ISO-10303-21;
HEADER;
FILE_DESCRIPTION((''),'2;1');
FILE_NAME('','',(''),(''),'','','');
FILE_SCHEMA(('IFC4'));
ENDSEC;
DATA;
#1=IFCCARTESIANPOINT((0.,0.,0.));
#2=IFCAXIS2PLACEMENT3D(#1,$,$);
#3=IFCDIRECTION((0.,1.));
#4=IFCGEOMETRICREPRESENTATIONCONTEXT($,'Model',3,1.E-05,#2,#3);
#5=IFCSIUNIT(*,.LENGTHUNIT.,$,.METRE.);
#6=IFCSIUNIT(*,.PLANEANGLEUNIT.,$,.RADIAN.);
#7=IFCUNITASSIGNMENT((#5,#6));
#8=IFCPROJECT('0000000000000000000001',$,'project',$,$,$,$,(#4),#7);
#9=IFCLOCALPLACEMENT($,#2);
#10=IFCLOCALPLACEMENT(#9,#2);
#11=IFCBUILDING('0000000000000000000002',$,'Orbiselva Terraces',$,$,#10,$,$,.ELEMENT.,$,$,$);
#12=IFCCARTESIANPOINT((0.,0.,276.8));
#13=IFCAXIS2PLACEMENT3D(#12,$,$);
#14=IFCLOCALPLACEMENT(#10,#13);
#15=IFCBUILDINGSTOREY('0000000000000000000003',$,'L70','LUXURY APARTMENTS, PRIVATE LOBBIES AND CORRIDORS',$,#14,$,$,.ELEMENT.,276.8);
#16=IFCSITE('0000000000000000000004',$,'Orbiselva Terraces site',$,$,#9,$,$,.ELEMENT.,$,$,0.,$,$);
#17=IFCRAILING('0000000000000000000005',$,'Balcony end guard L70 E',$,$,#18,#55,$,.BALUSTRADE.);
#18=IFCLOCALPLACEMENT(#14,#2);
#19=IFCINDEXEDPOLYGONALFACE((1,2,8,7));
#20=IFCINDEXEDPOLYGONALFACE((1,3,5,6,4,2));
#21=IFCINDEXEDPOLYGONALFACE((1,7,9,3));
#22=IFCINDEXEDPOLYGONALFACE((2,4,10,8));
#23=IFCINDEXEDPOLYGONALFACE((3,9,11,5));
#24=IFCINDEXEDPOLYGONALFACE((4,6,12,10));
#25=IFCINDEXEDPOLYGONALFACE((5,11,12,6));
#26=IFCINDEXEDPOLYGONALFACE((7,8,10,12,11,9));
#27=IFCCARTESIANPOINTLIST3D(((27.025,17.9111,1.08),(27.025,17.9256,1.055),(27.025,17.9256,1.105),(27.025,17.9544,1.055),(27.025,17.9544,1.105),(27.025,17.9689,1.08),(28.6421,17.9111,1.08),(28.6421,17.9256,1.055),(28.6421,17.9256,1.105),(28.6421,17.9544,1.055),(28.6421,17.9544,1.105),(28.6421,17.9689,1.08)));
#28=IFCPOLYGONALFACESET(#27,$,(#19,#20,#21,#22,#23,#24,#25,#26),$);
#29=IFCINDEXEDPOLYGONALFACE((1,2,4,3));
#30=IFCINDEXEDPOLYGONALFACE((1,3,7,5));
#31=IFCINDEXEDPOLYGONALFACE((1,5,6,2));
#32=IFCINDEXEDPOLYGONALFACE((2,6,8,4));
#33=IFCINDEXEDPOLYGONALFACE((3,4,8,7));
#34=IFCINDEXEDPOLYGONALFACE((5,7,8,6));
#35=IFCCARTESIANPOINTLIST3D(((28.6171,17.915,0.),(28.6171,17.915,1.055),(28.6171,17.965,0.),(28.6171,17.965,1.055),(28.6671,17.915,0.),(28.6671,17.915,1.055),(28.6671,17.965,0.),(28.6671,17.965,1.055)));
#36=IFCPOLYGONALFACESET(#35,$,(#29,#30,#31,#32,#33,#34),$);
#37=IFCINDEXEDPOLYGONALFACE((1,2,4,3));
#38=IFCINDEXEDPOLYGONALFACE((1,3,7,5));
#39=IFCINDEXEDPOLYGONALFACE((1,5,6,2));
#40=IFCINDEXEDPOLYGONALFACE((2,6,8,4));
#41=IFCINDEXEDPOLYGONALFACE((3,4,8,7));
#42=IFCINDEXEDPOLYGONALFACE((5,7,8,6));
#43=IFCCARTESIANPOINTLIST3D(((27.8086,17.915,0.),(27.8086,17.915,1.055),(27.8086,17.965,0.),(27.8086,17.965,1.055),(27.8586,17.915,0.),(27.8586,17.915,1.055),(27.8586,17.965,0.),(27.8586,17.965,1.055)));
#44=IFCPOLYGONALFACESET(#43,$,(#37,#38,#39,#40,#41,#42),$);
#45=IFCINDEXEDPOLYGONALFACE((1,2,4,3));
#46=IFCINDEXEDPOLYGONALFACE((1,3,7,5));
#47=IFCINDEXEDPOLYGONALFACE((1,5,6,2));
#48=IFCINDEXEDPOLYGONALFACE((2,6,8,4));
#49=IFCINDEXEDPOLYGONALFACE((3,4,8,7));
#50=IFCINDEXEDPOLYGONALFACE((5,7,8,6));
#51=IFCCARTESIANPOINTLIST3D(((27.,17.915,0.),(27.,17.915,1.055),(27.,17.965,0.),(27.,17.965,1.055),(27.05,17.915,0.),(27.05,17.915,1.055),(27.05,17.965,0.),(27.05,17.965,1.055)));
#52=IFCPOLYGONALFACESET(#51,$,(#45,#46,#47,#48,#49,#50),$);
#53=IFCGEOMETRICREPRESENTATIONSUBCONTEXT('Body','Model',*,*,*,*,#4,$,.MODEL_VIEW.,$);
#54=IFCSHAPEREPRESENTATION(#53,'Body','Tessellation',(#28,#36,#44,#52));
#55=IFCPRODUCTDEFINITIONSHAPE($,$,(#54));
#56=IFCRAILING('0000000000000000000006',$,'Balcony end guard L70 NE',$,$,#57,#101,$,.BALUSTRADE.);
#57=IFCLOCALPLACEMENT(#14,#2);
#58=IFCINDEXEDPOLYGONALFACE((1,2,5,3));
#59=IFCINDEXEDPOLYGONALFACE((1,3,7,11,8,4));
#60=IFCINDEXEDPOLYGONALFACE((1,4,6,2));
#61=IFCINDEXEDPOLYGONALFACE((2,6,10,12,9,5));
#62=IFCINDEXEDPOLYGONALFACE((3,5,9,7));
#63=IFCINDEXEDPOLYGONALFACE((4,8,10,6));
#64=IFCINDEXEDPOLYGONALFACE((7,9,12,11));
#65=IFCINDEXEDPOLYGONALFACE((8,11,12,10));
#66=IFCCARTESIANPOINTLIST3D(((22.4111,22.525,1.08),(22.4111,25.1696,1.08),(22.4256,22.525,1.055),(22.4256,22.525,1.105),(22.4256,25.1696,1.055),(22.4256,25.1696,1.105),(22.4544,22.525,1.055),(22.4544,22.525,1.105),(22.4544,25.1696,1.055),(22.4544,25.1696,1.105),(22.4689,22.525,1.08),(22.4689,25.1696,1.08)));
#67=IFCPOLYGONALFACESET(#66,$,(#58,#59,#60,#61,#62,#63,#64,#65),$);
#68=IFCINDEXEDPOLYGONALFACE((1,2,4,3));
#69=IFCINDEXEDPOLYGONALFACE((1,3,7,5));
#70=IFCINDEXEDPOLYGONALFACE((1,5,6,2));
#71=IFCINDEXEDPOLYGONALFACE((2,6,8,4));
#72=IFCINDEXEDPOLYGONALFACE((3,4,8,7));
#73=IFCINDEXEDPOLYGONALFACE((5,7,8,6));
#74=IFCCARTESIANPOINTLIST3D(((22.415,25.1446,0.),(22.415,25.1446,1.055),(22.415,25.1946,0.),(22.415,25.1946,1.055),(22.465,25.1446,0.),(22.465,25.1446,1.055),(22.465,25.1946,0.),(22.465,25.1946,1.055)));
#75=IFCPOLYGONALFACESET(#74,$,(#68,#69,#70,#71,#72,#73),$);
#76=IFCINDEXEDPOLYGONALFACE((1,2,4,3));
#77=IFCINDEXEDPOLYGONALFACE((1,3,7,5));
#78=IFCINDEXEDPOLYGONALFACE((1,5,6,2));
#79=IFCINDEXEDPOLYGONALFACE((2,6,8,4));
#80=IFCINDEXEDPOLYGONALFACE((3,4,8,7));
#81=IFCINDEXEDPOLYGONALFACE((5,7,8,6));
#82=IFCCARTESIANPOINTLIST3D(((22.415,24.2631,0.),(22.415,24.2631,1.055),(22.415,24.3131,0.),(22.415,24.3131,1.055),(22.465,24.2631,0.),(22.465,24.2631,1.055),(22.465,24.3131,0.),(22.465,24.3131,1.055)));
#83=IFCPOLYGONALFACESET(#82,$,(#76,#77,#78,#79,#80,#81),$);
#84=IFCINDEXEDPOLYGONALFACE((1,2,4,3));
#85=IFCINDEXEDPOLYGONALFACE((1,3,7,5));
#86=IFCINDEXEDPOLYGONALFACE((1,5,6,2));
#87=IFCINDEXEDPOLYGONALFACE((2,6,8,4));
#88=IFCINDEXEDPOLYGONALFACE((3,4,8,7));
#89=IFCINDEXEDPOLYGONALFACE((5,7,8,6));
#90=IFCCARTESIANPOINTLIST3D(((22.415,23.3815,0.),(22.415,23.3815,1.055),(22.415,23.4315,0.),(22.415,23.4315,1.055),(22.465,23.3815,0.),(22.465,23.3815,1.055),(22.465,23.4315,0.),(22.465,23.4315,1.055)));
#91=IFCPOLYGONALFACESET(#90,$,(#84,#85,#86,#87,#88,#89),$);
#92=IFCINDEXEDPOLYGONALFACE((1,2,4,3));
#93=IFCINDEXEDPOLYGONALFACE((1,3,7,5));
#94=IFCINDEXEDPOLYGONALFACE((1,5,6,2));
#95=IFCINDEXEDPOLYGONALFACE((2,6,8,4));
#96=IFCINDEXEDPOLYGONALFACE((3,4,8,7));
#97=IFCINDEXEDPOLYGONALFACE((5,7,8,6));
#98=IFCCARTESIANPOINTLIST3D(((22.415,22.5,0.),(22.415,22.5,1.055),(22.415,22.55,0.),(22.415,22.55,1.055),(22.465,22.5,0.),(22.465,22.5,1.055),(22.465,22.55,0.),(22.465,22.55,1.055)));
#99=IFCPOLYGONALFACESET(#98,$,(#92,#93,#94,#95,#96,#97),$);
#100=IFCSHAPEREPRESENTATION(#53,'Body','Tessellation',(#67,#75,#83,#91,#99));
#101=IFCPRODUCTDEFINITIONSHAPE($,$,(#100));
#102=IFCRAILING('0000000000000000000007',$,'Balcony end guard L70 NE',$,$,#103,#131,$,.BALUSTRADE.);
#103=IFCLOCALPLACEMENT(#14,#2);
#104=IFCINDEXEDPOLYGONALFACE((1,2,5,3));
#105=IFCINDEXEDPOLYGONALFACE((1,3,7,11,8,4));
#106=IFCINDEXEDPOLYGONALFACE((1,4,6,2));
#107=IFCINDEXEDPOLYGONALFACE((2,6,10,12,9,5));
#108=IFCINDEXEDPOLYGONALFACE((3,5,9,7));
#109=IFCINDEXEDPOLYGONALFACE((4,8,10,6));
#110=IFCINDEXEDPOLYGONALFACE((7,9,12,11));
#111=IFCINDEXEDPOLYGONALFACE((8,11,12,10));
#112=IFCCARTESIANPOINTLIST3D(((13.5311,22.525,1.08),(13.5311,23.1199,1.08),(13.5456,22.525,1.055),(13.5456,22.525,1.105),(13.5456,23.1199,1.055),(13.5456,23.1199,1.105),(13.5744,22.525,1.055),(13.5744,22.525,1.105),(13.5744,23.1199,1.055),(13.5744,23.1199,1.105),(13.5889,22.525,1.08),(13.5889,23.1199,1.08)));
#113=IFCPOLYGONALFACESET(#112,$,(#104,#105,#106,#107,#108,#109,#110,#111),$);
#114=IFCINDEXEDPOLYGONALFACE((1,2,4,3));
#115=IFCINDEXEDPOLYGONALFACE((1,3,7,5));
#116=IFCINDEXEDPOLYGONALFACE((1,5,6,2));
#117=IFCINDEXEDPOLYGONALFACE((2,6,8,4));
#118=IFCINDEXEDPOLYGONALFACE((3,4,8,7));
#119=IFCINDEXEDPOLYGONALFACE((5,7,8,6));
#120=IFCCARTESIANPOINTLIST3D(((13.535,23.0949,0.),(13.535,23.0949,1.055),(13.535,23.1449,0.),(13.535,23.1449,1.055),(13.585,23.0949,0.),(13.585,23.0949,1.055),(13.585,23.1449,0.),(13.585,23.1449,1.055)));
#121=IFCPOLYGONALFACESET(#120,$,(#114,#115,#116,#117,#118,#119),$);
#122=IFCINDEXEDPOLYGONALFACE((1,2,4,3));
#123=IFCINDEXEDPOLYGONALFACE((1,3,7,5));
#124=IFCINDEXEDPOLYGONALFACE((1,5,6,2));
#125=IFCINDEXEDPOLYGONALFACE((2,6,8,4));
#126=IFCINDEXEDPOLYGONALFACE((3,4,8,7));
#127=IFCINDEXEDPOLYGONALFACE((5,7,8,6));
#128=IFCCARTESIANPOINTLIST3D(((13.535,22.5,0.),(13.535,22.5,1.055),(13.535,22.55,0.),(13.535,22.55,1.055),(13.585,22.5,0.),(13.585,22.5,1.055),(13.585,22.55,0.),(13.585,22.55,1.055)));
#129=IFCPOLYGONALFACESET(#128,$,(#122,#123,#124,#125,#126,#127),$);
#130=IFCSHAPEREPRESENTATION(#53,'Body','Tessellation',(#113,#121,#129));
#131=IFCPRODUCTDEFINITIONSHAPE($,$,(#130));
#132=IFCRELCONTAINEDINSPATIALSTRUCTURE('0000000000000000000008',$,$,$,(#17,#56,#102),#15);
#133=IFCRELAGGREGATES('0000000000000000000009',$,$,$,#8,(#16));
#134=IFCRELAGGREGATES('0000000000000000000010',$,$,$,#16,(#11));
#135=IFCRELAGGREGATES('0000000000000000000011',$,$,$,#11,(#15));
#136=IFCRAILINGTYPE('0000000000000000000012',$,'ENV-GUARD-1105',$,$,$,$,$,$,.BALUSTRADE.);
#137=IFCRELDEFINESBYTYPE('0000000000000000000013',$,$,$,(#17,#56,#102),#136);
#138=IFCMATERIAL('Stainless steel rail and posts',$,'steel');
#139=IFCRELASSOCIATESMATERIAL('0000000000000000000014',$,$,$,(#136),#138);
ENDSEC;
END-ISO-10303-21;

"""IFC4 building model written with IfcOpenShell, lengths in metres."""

from ifc_helpers import new_model, si_unit, direction, frame, origin, origin_2d, place, context, subcontext, project, spatial, polyline, rectangle, outline, extrude, material, type_object, element, save


model = new_model("IFC4")

# Units and contexts
model_context = context("Model", 3, precision=1e-05, world=origin(), true_north=direction((0.0, 1.0)))
body_context = subcontext(model_context, "Body", "Model", "MODEL_VIEW")
ifc_project = project(units=[si_unit("LENGTHUNIT", "METRE"), si_unit("PLANEANGLEUNIT", "RADIAN")], contexts=[model_context])

# Site, building, storey
site_placement = place(None, origin())
site = spatial("IfcSite", under=ifc_project, at=site_placement, Name="Orbiselva Terraces site", CompositionType="ELEMENT", RefElevation=0.0)
building_placement = place(site_placement, origin())
building = spatial("IfcBuilding", under=site, at=building_placement, Name="Orbiselva Terraces", CompositionType="ELEMENT")
storey_placement = place(building_placement, frame((0.0, 0.0, 276.8)))
storey = spatial("IfcBuildingStorey", under=building, at=storey_placement, Name="L70", Description="LUXURY APARTMENTS, PRIVATE LOBBIES AND CORRIDORS", CompositionType="ELEMENT", Elevation=276.8)

# Railings
ifc_material_1 = material(Name="Stainless steel rail and posts", Category="steel")
railing_type_1 = type_object("IfcRailingType", Name="ENV-GUARD-1105", PredefinedType="BALUSTRADE", material=ifc_material_1)
railing_1_placement = place(storey_placement, frame((28.6421, 17.94, 0.0)))
element("IfcRailing", 1, at=railing_1_placement, inside=storey, type_object=railing_type_1, Name="Balcony end guard L70 E", PredefinedType="BALUSTRADE", context=body_context, shape_type="SweptSolid", body=[
    extrude(outline(polyline([(0.0289, 0.0), (0.0144, 0.025), (-0.0144, 0.025), (-0.0289, 0.0), (-0.0144, -0.025), (0.0144, -0.025), (0.0289, 0.0)])), frame((0.0, 0.0, 1.08), z_axis=(-1.0, 0.0, 0.0), x_axis=(0.0, -1.0, 0.0)), (0.0, 0.0, 1.0), 1.6171),
    extrude(rectangle(XDim=0.05, YDim=0.05, at=origin_2d()), origin(), (0.0, 0.0, 1.0), 1.055),
    extrude(rectangle(XDim=0.05, YDim=0.05, at=origin_2d()), frame((-0.8086, 0.0, 0.0)), (0.0, 0.0, 1.0), 1.055),
    extrude(rectangle(XDim=0.05, YDim=0.05, at=origin_2d()), frame((-1.6171, 0.0, 0.0)), (0.0, 0.0, 1.0), 1.055),
])
railing_2_placement = place(storey_placement, frame((22.44, 25.1696, 0.0)))
element("IfcRailing", 2, at=railing_2_placement, inside=storey, type_object=railing_type_1, Name="Balcony end guard L70 NE", PredefinedType="BALUSTRADE", context=body_context, shape_type="SweptSolid", body=[
    extrude(outline(polyline([(0.0289, 0.0), (0.0144, 0.025), (-0.0144, 0.025), (-0.0289, 0.0), (-0.0144, -0.025), (0.0144, -0.025), (0.0289, 0.0)])), frame((0.0, 0.0, 1.08), z_axis=(0.0, -1.0, 0.0), x_axis=(1.0, 0.0, 0.0)), (0.0, 0.0, 1.0), 2.6446),
    extrude(rectangle(XDim=0.05, YDim=0.05, at=origin_2d()), origin(), (0.0, 0.0, 1.0), 1.055),
    extrude(rectangle(XDim=0.05, YDim=0.05, at=origin_2d()), frame((0.0, -0.8815, 0.0)), (0.0, 0.0, 1.0), 1.055),
    extrude(rectangle(XDim=0.05, YDim=0.05, at=origin_2d()), frame((0.0, -1.7631, 0.0)), (0.0, 0.0, 1.0), 1.055),
    extrude(rectangle(XDim=0.05, YDim=0.05, at=origin_2d()), frame((0.0, -2.6446, 0.0)), (0.0, 0.0, 1.0), 1.055),
])
railing_3_placement = place(storey_placement, frame((13.56, 23.1199, 0.0)))
element("IfcRailing", 3, at=railing_3_placement, inside=storey, type_object=railing_type_1, Name="Balcony end guard L70 NE", PredefinedType="BALUSTRADE", context=body_context, shape_type="SweptSolid", body=[
    extrude(outline(polyline([(0.0289, 0.0), (0.0144, 0.025), (-0.0144, 0.025), (-0.0289, 0.0), (-0.0144, -0.025), (0.0144, -0.025), (0.0289, 0.0)])), frame((0.0, 0.0, 1.08), z_axis=(0.0, -1.0, 0.0), x_axis=(1.0, 0.0, 0.0)), (0.0, 0.0, 1.0), 0.5949),
    extrude(rectangle(XDim=0.05, YDim=0.05, at=origin_2d()), origin(), (0.0, 0.0, 1.0), 1.055),
    extrude(rectangle(XDim=0.05, YDim=0.05, at=origin_2d()), frame((0.0, -0.5949, 0.0)), (0.0, 0.0, 1.0), 1.055),
])

save(model, "model.ifc")
